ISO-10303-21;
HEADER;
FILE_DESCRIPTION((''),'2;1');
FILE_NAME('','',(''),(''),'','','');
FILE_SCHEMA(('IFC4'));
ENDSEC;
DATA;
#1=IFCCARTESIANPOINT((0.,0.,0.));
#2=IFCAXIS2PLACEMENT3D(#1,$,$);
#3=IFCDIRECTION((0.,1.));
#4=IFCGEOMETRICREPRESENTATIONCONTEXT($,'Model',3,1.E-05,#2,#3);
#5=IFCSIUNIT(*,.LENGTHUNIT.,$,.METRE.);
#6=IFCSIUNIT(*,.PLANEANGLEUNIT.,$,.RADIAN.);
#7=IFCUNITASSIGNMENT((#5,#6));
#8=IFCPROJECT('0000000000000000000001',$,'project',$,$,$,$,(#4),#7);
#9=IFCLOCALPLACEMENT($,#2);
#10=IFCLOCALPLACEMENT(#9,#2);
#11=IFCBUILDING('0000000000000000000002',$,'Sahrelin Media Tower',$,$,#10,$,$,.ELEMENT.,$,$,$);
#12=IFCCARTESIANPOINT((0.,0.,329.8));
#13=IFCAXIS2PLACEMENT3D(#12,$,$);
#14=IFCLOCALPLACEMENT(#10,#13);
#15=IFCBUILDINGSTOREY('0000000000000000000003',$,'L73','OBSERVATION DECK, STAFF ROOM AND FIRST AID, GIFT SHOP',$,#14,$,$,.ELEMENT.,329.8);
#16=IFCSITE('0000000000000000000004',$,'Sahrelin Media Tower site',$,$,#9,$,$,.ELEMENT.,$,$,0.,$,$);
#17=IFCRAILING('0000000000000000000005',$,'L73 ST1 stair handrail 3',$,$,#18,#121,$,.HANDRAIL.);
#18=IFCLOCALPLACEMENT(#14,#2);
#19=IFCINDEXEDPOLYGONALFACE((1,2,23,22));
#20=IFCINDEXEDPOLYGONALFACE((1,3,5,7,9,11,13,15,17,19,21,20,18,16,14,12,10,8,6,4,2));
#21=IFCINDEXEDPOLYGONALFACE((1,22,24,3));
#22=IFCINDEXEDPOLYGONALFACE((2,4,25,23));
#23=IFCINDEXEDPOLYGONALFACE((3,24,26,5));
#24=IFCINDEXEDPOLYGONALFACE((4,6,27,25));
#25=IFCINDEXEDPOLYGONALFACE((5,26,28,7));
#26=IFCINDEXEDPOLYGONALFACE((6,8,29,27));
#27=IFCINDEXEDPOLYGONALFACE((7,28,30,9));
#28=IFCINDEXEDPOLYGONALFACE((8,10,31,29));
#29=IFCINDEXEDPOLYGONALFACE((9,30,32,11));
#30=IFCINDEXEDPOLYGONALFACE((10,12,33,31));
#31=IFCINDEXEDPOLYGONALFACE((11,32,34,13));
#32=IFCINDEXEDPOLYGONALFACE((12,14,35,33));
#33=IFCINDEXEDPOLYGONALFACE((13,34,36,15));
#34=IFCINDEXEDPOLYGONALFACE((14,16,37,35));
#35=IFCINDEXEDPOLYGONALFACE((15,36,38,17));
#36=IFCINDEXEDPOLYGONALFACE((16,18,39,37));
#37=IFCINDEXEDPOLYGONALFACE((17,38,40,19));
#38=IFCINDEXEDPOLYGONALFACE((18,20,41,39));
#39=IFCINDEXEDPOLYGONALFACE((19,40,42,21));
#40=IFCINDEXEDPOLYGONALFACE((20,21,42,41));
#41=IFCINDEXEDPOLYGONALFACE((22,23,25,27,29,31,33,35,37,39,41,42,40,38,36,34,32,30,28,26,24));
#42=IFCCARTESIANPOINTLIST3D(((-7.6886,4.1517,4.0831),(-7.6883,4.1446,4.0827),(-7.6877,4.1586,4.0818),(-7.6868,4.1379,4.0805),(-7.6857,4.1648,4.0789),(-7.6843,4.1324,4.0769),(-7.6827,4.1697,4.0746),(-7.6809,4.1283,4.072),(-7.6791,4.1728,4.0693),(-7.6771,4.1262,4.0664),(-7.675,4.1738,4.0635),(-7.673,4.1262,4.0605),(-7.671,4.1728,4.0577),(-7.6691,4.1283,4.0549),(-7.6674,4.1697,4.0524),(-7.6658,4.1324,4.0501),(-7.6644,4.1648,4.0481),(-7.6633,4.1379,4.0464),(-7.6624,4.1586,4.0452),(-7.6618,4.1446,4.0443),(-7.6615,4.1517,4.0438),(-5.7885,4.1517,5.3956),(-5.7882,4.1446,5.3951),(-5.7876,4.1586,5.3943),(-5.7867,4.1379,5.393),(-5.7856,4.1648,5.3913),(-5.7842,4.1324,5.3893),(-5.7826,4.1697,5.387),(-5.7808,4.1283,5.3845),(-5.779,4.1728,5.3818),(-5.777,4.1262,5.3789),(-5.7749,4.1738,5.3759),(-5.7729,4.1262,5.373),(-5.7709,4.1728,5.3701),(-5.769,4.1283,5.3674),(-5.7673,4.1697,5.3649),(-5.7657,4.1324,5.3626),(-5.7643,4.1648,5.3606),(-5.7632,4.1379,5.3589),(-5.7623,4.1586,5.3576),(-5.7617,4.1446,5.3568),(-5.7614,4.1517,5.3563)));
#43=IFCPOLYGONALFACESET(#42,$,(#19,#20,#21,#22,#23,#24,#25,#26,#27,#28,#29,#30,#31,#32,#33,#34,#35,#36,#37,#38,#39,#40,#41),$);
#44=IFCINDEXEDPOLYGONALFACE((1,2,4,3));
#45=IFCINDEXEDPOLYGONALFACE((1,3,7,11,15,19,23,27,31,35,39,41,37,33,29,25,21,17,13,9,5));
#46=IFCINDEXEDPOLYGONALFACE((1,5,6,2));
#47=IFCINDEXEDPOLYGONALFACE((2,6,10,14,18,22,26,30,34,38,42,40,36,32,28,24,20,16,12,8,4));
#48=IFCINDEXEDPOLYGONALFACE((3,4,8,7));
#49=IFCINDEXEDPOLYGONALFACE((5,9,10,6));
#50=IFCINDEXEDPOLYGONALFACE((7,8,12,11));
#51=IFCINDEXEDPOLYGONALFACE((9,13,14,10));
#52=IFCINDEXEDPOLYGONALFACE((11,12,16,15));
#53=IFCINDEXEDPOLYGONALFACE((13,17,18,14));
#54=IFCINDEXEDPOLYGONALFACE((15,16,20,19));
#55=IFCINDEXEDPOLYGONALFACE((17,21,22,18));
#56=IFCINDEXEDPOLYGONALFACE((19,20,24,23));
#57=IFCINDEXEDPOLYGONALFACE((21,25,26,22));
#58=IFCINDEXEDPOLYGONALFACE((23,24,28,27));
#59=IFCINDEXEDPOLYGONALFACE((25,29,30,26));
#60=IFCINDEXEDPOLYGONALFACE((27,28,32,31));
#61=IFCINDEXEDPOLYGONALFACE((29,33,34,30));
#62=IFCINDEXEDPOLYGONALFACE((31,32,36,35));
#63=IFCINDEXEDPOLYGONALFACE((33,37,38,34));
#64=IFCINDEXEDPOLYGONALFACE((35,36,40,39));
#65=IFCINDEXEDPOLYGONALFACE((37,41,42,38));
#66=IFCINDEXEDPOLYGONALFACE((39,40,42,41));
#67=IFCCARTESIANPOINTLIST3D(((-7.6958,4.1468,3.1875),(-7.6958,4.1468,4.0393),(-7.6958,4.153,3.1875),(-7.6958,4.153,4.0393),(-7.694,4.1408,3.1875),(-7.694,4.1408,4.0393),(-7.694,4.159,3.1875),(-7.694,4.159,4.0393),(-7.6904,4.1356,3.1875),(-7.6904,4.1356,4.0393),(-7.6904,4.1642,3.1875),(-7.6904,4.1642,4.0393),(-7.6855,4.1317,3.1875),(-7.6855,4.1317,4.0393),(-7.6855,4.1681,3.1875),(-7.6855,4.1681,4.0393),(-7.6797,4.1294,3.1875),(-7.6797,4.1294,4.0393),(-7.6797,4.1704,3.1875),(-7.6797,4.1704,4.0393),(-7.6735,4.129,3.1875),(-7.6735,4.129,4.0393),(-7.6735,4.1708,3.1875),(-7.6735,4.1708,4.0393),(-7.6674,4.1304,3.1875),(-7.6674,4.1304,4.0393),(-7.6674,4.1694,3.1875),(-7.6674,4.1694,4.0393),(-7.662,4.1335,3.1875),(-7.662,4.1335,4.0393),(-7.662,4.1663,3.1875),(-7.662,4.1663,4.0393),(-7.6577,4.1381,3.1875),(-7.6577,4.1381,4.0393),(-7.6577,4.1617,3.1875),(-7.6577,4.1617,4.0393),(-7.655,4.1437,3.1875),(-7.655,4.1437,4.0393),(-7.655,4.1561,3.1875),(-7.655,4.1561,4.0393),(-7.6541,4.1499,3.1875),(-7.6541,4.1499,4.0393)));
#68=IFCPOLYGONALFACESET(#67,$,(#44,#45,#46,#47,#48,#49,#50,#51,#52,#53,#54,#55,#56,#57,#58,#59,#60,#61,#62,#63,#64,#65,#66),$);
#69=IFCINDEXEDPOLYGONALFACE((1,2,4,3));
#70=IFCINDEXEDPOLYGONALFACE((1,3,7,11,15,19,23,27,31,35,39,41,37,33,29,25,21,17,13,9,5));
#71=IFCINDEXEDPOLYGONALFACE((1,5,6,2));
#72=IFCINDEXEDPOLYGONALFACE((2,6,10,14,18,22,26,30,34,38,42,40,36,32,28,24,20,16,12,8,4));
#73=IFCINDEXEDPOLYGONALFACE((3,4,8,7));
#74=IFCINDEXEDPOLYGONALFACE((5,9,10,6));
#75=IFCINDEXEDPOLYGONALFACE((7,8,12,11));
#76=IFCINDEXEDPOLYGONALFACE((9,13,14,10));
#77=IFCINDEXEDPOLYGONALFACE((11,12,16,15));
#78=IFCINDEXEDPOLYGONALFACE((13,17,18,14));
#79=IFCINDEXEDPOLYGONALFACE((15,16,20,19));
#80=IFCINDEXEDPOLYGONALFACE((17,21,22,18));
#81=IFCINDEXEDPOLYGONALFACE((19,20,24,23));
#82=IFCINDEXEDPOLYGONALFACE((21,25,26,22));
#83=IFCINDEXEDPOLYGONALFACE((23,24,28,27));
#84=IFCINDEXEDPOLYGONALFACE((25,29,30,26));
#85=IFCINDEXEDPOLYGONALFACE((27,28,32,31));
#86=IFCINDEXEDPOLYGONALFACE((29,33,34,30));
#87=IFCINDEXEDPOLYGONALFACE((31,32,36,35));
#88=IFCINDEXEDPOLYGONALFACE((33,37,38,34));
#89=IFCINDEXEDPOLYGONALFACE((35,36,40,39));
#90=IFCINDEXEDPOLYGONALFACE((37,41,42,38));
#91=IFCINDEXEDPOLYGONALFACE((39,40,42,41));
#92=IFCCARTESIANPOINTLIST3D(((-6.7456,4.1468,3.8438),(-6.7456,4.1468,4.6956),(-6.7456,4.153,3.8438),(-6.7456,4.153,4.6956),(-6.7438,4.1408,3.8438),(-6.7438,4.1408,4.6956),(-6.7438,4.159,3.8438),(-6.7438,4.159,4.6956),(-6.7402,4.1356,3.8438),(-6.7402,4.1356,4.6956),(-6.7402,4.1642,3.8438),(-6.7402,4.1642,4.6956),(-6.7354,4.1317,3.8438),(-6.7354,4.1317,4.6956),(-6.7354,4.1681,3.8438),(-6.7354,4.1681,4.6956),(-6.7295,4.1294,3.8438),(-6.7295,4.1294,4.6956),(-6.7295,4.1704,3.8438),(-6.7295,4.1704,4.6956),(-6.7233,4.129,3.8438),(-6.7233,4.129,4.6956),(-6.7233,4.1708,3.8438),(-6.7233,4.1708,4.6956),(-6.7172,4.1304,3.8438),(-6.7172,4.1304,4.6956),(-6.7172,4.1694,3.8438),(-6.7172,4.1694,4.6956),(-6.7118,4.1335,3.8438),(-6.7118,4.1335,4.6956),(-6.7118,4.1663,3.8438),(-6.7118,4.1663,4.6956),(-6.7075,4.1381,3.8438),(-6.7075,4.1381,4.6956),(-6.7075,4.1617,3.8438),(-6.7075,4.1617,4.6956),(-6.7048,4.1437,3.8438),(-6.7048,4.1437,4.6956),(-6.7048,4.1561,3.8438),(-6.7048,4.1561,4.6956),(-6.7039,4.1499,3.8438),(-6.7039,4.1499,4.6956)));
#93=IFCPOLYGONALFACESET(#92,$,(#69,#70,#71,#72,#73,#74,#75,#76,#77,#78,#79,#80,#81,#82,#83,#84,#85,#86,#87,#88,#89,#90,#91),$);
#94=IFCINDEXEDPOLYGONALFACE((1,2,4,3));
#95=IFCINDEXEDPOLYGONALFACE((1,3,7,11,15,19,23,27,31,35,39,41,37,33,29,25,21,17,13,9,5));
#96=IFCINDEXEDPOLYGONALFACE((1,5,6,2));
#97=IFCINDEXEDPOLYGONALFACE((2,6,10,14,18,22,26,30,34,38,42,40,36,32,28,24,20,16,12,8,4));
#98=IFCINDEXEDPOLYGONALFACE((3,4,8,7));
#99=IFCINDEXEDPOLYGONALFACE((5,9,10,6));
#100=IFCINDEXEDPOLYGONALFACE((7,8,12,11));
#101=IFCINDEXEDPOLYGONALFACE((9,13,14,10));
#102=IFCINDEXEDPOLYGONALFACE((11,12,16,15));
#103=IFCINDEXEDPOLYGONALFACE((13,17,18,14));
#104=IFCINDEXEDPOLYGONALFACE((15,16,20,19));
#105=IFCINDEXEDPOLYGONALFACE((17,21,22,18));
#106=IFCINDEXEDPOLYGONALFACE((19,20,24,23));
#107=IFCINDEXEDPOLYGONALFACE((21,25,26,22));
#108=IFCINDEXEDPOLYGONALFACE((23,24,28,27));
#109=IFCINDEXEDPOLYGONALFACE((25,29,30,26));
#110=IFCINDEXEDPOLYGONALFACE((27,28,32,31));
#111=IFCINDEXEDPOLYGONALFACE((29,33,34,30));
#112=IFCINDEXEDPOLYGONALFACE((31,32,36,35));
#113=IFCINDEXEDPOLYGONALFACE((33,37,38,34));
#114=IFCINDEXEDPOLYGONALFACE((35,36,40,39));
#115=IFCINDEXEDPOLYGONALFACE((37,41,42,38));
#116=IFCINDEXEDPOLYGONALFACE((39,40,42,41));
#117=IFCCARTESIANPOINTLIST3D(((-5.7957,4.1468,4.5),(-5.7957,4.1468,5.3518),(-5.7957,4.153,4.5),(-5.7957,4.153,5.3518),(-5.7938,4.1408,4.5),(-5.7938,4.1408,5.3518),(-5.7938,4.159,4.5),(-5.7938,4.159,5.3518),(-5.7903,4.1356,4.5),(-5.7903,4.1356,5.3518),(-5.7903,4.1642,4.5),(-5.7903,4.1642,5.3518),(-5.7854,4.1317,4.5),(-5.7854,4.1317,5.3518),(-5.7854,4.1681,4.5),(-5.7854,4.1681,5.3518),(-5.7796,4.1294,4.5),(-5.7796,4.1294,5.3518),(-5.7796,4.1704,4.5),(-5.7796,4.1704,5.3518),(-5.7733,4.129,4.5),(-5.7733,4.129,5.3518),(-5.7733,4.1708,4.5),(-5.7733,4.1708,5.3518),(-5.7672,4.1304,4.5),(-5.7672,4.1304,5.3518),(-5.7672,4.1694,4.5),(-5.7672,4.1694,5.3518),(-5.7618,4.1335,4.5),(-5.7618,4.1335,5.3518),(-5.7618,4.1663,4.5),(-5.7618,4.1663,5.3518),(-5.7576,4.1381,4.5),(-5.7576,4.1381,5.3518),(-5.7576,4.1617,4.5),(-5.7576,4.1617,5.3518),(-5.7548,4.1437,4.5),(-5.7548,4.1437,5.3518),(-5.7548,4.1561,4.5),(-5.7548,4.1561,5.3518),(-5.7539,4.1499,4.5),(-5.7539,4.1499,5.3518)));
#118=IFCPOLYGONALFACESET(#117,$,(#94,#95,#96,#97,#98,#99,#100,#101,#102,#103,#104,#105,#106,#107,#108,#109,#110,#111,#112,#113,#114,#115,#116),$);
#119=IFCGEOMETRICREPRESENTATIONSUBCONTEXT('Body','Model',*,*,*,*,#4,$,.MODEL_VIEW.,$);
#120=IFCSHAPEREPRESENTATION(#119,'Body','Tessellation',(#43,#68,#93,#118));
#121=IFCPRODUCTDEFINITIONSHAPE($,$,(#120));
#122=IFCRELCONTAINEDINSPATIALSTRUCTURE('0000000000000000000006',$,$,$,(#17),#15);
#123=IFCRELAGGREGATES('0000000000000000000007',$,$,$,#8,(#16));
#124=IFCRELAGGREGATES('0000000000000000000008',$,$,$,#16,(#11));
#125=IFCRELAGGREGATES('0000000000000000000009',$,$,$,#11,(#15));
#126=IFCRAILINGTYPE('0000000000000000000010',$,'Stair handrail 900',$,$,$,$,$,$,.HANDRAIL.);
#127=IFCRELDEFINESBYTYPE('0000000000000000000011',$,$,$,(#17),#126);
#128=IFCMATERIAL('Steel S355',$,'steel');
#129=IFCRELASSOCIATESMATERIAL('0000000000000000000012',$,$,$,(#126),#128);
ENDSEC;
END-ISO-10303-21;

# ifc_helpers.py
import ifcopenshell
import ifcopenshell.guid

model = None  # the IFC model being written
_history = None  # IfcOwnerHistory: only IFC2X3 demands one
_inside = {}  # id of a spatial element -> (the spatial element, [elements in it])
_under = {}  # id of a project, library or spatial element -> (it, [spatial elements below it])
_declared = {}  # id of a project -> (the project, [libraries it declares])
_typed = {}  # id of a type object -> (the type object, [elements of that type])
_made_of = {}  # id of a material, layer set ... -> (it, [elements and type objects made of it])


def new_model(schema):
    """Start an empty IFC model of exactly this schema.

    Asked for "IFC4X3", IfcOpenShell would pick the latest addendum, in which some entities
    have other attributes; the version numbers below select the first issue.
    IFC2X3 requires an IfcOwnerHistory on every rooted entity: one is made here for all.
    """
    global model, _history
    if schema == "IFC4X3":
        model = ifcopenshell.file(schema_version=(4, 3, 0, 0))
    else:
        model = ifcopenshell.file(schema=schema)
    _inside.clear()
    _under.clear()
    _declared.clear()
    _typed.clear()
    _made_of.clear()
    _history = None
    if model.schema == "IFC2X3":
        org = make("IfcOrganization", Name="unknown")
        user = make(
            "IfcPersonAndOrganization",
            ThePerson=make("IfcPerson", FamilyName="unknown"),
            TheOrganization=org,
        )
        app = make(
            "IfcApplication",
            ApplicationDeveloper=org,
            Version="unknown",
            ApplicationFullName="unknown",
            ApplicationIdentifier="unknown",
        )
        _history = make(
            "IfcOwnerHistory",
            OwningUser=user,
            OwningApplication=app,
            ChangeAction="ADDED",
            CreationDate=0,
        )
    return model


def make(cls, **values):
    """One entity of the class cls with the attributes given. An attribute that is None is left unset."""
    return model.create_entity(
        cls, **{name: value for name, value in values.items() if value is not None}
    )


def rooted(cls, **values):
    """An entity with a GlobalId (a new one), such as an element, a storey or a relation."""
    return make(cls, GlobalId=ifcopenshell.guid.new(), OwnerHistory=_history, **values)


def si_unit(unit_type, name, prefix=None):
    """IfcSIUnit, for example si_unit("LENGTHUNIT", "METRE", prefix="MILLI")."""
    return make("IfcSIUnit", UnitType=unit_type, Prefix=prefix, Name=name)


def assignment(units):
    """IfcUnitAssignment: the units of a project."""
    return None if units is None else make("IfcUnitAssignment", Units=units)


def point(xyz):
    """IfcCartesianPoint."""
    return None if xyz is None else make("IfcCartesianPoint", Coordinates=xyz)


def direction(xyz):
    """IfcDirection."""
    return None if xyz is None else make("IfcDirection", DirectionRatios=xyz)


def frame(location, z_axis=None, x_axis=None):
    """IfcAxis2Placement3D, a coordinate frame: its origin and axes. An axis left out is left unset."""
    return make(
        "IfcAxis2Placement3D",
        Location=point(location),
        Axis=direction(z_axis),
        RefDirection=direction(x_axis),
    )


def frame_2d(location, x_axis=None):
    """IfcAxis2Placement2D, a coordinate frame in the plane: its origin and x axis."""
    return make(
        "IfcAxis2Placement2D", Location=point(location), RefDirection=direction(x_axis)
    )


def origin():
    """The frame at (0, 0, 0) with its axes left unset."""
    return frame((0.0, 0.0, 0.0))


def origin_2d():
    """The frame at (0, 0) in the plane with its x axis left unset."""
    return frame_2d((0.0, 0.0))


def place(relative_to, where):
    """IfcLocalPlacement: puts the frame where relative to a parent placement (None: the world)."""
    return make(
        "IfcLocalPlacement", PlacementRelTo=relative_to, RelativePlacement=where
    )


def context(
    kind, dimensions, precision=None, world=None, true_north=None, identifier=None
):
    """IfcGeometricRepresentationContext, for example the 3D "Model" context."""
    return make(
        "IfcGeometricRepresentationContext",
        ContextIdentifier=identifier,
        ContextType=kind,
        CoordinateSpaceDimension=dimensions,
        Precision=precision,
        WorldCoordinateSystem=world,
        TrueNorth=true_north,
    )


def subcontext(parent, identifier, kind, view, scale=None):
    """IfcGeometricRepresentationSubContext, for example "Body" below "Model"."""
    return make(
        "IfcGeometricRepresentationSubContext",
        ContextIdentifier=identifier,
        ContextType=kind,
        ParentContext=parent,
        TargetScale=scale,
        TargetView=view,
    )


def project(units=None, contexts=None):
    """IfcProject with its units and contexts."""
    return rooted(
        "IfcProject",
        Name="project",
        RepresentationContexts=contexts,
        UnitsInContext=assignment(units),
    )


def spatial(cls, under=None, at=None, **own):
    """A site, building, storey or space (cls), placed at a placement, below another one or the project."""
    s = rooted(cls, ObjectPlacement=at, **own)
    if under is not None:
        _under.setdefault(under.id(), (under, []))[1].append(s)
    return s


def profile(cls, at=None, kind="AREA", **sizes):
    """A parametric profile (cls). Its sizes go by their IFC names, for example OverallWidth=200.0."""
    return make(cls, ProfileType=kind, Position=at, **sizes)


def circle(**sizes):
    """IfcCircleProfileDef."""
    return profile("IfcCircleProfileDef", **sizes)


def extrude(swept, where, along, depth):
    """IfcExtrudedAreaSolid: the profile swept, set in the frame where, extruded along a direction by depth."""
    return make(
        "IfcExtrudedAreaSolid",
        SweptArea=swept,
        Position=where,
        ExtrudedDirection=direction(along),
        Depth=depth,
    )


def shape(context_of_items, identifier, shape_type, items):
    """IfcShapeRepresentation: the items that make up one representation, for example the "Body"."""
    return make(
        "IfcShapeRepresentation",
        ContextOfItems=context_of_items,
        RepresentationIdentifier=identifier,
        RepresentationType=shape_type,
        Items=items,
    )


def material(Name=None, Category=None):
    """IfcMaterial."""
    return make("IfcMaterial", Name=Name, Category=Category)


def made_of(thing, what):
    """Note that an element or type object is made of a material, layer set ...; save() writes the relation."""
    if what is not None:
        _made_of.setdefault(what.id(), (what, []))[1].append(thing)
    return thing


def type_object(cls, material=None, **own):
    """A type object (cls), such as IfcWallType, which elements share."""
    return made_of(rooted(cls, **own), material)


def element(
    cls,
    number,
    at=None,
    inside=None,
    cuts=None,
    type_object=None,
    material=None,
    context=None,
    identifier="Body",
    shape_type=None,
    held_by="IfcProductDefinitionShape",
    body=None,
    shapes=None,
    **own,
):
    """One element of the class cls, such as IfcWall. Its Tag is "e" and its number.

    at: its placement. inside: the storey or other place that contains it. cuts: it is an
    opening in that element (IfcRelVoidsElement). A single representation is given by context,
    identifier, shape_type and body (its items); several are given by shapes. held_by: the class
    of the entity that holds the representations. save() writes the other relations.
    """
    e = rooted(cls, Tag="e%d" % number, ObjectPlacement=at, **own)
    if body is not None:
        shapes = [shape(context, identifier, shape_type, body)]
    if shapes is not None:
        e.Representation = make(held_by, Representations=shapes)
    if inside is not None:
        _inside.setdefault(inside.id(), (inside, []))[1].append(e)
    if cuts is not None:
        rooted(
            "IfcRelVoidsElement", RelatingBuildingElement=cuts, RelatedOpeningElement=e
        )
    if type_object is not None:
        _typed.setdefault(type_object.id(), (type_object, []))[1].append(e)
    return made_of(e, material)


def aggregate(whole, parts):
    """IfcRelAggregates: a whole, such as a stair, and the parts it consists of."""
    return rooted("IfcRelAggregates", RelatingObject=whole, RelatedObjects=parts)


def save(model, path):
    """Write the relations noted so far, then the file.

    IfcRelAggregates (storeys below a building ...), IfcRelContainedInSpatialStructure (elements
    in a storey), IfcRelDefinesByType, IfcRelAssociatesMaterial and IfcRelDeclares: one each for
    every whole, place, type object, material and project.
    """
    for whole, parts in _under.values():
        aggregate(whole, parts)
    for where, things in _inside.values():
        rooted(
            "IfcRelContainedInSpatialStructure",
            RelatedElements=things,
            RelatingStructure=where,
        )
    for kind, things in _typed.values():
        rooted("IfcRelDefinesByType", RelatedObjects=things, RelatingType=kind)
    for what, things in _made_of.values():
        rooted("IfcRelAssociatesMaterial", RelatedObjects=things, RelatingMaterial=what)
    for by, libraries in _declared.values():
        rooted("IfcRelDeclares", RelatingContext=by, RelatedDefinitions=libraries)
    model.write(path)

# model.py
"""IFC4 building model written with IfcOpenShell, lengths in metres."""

from ifc_helpers import new_model, si_unit, direction, frame, origin, origin_2d, place, context, subcontext, project, spatial, circle, extrude, material, type_object, element, save


model = new_model("IFC4")

# Units and contexts
model_context = context("Model", 3, precision=1e-05, world=origin(), true_north=direction((0.0, 1.0)))
body_context = subcontext(model_context, "Body", "Model", "MODEL_VIEW")
ifc_project = project(units=[si_unit("LENGTHUNIT", "METRE"), si_unit("PLANEANGLEUNIT", "RADIAN")], contexts=[model_context])

# Site, building, storey
site_placement = place(None, origin())
site = spatial("IfcSite", under=ifc_project, at=site_placement, Name="Sahrelin Media Tower site", CompositionType="ELEMENT", RefElevation=0.0)
building_placement = place(site_placement, origin())
building = spatial("IfcBuilding", under=site, at=building_placement, Name="Sahrelin Media Tower", CompositionType="ELEMENT")
storey_placement = place(building_placement, frame((0.0, 0.0, 329.8)))
storey = spatial("IfcBuildingStorey", under=building, at=storey_placement, Name="L73", Description="OBSERVATION DECK, STAFF ROOM AND FIRST AID, GIFT SHOP", CompositionType="ELEMENT", Elevation=329.8)

# Shared definitions
ifc_material_1 = material(Name="Steel S355", Category="steel")

# Railing
railing_type_1 = type_object("IfcRailingType", Name="Stair handrail 900", PredefinedType="HANDRAIL", material=ifc_material_1)
railing_1_placement = place(storey_placement, frame((-7.675, 4.1499, 3.1875)))
element("IfcRailing", 1, at=railing_1_placement, inside=storey, type_object=railing_type_1, Name="L73 ST1 stair handrail 3", PredefinedType="HANDRAIL", context=body_context, shape_type="SweptSolid", body=[
    extrude(circle(Radius=0.0239, at=origin_2d()), frame((0.0, 0.0, 0.876), z_axis=(0.822797, 0.0, 0.568336), x_axis=(0.0, 1.0, 0.0)), (0.0, 0.0, 1.0), 2.3093),
    extrude(circle(Radius=0.021, at=origin_2d()), origin(), (0.0, 0.0, 1.0), 0.8518),
    extrude(circle(Radius=0.021, at=origin_2d()), frame((0.9502, 0.0, 0.6562)), (0.0, 0.0, 1.0), 0.8518),
    extrude(circle(Radius=0.021, at=origin_2d()), frame((1.9001, 0.0, 1.3125)), (0.0, 0.0, 1.0), 0.8518),
])

save(model, "model.ifc")
